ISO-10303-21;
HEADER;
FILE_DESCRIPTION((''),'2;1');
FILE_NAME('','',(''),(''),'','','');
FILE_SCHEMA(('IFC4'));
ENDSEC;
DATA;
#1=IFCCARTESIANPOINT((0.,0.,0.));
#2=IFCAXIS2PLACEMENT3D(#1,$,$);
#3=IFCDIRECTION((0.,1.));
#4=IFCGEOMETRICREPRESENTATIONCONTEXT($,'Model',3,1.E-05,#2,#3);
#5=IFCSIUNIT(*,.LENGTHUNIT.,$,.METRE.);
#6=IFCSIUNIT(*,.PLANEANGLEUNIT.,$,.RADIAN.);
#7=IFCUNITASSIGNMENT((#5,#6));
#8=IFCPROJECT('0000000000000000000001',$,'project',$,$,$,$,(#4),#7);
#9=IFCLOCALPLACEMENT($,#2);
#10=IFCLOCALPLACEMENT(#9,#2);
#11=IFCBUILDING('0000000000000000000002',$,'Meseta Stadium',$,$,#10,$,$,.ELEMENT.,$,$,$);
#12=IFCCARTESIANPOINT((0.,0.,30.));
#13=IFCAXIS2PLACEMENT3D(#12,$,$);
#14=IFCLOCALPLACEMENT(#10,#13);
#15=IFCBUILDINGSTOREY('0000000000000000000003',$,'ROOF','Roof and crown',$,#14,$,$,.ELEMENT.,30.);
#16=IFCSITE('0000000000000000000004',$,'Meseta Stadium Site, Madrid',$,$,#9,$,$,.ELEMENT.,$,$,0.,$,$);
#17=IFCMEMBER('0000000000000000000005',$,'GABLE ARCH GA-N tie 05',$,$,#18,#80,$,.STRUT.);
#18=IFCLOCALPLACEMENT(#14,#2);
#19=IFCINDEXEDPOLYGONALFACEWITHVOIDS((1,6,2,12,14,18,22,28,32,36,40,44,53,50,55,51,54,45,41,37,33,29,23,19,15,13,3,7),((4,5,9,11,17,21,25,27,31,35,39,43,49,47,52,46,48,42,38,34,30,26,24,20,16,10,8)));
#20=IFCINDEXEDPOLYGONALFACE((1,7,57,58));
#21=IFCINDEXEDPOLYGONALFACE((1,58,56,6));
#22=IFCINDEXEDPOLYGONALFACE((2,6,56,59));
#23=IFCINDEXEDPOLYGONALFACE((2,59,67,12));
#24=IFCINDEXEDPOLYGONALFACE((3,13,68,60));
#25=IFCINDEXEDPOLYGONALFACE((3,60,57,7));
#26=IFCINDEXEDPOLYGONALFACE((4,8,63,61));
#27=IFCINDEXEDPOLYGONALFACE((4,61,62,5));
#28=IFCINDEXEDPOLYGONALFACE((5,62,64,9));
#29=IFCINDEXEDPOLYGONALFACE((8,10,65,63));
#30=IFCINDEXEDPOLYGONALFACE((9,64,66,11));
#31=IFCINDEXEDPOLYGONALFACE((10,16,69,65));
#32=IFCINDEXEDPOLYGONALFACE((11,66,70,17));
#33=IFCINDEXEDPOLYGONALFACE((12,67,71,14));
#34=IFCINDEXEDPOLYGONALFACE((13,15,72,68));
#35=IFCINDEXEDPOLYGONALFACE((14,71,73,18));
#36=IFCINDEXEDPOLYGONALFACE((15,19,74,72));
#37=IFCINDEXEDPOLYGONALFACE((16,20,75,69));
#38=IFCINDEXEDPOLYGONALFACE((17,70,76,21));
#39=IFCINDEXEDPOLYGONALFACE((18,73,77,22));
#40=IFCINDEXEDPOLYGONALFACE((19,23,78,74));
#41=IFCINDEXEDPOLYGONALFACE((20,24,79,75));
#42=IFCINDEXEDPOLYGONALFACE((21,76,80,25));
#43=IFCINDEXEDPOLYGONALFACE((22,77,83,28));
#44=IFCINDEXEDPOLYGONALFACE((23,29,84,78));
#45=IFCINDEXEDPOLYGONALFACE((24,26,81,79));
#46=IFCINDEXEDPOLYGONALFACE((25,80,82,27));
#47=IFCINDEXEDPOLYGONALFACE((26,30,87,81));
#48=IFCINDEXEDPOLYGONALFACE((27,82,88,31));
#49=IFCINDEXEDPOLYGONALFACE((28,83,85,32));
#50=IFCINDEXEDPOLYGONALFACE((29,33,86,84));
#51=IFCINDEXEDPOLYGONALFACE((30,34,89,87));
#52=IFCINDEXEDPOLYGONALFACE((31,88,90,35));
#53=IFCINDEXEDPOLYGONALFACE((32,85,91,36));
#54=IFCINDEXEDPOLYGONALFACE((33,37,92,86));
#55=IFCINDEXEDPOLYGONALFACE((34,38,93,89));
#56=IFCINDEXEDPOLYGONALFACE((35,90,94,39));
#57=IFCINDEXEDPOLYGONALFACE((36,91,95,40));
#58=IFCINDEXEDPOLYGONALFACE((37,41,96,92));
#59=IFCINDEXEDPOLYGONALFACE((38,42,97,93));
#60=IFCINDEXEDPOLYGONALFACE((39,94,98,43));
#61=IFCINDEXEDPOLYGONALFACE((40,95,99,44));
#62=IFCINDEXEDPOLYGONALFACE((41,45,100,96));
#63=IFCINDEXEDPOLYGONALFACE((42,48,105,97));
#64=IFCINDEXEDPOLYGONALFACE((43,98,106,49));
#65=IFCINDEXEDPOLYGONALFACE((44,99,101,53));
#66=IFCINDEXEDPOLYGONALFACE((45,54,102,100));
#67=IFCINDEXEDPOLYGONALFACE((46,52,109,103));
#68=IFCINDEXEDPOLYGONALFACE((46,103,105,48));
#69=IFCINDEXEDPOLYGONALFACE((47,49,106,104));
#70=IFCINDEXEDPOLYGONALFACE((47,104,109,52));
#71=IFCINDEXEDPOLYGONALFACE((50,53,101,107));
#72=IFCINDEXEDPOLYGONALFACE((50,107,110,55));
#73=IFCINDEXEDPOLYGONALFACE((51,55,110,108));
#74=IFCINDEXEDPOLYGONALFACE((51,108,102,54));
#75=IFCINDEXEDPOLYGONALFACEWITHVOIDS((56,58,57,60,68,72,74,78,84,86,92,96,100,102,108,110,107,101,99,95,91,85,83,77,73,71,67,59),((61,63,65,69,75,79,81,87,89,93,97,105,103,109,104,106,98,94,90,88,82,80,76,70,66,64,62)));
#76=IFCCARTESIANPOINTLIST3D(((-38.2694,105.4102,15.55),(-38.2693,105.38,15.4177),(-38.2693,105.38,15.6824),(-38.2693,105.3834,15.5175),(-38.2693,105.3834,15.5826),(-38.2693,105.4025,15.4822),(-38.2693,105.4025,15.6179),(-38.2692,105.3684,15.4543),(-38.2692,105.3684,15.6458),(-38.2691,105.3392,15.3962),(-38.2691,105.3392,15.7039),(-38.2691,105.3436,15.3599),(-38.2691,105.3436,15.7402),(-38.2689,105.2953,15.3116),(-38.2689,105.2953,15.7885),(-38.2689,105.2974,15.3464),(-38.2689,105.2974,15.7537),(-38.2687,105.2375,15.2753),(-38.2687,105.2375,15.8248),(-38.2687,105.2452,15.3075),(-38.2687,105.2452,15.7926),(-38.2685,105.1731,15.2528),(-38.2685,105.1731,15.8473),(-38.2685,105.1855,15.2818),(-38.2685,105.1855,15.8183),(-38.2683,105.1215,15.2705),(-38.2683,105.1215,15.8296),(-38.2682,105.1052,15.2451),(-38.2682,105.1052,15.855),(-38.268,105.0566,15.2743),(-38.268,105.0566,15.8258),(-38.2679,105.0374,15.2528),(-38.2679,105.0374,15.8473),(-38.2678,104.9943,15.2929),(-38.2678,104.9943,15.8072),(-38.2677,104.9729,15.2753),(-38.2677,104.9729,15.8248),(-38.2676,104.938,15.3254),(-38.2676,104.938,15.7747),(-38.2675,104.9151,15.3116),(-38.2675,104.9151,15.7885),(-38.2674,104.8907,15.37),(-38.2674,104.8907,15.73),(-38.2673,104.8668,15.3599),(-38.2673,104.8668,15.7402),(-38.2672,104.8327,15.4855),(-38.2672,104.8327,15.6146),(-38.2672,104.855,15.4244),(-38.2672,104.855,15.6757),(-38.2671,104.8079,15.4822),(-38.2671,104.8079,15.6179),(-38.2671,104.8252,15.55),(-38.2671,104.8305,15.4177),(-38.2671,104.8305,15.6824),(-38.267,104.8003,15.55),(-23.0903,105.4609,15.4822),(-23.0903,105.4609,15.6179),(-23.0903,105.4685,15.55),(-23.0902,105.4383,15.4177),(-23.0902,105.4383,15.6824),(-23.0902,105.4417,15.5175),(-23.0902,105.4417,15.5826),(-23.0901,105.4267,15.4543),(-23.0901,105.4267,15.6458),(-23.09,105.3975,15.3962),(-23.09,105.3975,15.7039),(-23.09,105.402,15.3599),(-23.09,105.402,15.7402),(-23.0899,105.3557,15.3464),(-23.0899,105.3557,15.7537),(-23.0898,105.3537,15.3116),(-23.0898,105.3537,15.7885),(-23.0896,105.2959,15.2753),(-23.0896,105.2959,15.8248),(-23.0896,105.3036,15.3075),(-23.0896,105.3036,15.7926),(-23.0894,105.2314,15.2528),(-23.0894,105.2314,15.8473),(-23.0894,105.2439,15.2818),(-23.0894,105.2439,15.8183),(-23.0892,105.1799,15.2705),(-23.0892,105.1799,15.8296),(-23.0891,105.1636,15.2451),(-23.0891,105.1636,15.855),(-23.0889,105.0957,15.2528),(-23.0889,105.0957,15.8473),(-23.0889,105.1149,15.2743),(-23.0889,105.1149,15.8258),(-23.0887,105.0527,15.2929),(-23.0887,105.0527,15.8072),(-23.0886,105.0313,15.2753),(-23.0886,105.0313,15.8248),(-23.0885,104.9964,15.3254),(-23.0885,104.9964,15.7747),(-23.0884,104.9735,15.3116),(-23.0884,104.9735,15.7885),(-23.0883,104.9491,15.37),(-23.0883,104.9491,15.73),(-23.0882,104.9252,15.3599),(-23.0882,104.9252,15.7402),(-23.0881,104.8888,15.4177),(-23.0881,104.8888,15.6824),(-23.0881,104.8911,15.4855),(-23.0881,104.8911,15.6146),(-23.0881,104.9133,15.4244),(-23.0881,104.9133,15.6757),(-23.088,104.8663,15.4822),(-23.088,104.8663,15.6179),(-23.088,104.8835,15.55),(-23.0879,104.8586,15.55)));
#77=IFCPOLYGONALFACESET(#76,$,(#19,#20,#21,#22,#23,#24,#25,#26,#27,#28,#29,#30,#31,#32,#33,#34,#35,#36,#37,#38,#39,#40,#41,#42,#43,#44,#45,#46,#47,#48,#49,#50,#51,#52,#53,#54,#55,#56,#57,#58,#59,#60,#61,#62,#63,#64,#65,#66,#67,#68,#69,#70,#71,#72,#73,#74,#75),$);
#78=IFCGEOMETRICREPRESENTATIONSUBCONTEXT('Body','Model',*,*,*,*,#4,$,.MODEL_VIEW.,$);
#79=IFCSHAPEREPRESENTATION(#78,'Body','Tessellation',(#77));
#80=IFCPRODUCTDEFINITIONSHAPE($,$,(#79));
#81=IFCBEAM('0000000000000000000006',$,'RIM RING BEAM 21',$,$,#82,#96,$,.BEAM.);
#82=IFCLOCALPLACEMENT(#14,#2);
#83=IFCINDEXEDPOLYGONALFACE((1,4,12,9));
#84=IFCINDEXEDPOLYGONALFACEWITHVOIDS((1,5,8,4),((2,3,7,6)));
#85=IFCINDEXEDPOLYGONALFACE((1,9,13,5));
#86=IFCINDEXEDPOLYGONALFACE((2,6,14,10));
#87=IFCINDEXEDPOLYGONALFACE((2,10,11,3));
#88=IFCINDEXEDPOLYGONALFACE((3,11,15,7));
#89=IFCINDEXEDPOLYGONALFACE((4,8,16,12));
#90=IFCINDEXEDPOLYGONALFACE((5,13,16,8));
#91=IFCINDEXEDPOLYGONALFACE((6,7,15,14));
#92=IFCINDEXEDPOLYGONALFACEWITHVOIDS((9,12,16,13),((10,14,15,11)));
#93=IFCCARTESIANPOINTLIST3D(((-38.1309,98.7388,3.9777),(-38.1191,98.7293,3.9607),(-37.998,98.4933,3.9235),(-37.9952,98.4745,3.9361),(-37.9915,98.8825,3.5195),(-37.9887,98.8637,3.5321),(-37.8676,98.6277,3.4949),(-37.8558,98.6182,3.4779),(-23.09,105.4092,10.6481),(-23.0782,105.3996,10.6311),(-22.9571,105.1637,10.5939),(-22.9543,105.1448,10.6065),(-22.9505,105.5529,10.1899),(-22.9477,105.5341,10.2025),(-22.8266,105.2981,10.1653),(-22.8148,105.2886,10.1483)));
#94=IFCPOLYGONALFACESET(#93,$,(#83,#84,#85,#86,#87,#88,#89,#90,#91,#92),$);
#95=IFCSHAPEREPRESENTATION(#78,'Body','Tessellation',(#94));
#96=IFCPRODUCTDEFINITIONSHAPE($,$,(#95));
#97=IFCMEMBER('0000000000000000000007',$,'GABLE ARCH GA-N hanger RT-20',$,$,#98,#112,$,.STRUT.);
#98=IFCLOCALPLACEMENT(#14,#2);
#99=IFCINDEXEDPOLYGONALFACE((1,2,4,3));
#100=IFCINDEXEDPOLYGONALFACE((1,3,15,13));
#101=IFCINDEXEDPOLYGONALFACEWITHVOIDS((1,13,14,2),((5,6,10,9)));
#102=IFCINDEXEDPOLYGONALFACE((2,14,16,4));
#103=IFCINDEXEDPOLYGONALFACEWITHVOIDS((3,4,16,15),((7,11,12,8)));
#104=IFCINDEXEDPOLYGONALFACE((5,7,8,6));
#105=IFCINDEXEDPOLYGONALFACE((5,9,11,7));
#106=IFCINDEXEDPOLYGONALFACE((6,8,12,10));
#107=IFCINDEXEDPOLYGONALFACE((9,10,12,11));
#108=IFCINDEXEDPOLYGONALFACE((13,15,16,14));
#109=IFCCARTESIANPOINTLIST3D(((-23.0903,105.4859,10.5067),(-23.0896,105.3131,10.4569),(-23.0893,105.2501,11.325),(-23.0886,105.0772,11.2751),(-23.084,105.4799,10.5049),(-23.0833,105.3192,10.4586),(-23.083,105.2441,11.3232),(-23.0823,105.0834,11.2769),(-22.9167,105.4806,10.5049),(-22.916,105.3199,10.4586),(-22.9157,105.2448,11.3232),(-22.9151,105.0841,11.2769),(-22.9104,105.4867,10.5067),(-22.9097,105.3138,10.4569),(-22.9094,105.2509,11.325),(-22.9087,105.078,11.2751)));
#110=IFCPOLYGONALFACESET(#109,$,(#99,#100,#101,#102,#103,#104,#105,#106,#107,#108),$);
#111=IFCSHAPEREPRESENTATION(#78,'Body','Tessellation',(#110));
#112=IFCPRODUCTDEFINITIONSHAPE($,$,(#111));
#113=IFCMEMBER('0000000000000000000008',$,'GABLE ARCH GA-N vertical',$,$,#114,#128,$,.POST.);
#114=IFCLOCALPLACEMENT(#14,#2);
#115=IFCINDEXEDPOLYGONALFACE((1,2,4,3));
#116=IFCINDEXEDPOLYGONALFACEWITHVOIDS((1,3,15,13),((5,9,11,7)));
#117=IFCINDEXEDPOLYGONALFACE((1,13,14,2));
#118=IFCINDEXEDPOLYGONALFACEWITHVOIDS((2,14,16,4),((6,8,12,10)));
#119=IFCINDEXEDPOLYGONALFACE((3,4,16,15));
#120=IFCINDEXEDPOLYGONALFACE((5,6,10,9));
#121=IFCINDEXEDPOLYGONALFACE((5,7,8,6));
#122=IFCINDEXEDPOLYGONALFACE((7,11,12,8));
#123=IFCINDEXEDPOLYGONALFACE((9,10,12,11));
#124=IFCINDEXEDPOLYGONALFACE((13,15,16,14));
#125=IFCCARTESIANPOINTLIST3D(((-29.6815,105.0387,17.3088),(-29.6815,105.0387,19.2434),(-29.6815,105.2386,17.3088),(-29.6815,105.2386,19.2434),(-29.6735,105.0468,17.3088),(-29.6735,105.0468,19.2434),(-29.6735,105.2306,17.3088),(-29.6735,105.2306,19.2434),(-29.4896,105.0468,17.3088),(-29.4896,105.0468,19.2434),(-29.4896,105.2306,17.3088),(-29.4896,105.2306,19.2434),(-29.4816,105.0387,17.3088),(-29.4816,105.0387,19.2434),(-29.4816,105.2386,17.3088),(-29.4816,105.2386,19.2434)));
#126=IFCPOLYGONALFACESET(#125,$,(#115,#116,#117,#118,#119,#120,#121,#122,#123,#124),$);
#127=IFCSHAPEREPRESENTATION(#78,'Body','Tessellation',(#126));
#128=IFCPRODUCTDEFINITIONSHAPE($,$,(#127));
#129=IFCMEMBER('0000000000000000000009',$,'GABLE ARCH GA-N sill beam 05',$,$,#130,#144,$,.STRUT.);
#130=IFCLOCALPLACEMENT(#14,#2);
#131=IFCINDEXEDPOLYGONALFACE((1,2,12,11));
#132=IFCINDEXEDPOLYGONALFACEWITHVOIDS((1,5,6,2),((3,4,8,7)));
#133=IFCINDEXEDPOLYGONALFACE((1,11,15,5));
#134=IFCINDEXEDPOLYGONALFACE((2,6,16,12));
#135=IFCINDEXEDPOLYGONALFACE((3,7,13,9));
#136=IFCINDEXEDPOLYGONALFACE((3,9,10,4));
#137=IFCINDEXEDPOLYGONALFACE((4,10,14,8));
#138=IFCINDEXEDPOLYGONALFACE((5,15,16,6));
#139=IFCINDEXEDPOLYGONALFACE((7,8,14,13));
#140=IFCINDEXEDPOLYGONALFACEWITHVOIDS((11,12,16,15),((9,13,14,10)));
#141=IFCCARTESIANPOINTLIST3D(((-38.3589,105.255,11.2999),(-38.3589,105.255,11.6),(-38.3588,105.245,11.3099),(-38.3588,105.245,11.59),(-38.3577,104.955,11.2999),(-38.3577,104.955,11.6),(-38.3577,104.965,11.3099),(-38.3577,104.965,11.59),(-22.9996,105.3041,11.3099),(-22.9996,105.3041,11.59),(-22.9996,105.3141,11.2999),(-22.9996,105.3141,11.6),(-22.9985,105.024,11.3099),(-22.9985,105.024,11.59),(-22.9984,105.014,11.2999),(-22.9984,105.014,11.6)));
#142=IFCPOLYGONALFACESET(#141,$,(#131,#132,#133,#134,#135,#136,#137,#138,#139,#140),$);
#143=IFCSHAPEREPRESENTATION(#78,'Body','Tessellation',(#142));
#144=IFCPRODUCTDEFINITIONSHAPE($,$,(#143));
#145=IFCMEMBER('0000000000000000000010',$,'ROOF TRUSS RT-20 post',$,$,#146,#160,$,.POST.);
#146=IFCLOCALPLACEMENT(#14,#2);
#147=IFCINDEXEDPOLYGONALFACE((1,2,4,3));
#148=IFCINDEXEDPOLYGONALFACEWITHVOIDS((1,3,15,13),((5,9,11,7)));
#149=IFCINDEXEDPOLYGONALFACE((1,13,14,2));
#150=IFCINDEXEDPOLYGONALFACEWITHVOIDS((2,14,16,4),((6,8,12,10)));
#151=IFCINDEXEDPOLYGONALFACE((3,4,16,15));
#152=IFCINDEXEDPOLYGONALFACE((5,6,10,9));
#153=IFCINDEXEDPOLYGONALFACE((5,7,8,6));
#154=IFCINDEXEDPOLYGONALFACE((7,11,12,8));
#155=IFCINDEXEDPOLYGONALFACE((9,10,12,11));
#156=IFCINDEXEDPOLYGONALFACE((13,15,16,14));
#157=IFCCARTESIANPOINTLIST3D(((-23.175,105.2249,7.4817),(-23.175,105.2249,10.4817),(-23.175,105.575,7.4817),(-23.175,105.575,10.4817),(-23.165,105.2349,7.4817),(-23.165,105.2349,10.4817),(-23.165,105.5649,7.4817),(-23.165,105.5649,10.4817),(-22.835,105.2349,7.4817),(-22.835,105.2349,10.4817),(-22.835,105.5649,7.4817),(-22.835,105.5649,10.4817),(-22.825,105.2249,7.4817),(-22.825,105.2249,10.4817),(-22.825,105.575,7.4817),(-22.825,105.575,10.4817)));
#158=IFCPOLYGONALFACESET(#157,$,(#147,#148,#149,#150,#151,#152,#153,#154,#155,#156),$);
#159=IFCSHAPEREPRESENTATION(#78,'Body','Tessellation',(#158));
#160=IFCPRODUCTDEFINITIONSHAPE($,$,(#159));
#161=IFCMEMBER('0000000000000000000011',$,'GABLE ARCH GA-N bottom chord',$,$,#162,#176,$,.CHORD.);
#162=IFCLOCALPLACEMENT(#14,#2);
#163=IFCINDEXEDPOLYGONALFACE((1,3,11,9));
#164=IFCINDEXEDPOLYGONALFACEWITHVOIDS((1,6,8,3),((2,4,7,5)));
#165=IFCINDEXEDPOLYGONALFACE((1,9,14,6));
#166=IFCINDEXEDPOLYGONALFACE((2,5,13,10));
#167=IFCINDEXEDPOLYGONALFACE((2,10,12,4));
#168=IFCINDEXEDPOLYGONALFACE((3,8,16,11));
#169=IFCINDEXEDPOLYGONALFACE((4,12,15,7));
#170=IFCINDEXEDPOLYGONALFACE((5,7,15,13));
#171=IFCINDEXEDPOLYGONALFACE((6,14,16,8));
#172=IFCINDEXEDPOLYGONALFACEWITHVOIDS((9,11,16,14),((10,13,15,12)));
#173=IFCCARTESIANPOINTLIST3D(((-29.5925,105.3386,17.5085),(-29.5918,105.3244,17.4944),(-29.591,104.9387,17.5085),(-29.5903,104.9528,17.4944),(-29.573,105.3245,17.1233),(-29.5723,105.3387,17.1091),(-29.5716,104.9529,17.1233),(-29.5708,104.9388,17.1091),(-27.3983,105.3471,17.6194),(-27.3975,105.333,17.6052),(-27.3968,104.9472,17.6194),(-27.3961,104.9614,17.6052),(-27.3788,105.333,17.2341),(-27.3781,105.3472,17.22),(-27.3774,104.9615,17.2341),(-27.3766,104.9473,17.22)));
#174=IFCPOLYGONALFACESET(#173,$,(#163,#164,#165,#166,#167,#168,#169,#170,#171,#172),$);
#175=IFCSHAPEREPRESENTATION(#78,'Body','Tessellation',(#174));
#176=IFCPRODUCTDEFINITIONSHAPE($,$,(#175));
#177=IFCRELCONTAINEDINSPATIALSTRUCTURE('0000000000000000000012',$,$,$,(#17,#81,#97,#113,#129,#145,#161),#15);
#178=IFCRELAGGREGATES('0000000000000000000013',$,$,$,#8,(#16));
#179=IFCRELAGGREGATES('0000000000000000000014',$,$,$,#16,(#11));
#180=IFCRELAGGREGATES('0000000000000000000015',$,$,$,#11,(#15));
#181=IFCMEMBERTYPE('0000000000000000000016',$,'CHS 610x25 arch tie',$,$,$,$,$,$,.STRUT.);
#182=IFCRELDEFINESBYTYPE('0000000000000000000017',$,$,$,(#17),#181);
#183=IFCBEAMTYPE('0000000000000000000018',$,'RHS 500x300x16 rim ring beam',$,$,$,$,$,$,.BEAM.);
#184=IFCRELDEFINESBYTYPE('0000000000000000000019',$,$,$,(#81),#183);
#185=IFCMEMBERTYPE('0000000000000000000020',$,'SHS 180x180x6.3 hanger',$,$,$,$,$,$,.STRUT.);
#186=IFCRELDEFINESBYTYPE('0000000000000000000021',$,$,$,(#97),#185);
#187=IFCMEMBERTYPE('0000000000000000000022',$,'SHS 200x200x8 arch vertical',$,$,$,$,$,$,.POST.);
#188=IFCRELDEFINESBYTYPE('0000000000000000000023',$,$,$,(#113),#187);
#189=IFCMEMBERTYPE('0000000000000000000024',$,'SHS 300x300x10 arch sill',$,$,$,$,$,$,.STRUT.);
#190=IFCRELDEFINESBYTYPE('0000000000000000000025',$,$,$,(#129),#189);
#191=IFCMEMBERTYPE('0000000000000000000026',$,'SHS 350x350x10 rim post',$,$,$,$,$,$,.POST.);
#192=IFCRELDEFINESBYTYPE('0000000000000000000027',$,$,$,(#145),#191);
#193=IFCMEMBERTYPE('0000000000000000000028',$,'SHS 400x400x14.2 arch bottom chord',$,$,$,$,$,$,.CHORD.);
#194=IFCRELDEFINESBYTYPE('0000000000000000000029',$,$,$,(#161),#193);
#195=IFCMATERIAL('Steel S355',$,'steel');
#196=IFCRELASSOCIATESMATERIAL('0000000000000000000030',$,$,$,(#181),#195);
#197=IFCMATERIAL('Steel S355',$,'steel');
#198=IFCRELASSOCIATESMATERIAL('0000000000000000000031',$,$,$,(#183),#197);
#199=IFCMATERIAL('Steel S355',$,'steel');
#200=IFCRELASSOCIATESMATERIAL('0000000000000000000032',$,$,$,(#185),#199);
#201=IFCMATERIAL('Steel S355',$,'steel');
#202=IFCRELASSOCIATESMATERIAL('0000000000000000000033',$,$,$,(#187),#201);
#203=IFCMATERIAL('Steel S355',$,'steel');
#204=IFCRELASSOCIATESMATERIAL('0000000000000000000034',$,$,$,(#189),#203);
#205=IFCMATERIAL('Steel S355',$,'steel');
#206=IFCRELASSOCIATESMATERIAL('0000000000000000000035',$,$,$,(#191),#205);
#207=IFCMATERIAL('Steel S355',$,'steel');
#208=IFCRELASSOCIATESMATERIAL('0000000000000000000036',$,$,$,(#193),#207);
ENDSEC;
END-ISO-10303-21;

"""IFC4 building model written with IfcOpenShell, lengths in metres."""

from ifc_helpers import new_model, si_unit, direction, frame, origin, origin_2d, place, context, subcontext, project, spatial, hollow_rectangle, hollow_circle, extrude, material, material_profile, profile_set, type_object, element, save


model = new_model("IFC4")

# Units and contexts
model_context = context("Model", 3, precision=1e-05, world=origin(), true_north=direction((0.0, 1.0)))
body_context = subcontext(model_context, "Body", "Model", "MODEL_VIEW")
ifc_project = project(units=[si_unit("LENGTHUNIT", "METRE"), si_unit("PLANEANGLEUNIT", "RADIAN")], contexts=[model_context])

# Site, building, storey
site_placement = place(None, origin())
site = spatial("IfcSite", under=ifc_project, at=site_placement, Name="Meseta Stadium Site, Madrid", CompositionType="ELEMENT", RefElevation=0.0)
building_placement = place(site_placement, origin())
building = spatial("IfcBuilding", under=site, at=building_placement, Name="Meseta Stadium", CompositionType="ELEMENT")
storey_placement = place(building_placement, frame((0.0, 0.0, 30.0)))
storey = spatial("IfcBuildingStorey", under=building, at=storey_placement, Name="ROOF", Description="Roof and crown", CompositionType="ELEMENT", Elevation=30.0)

# Member
ifc_material_1 = material(Name="Steel S355", Category="steel")
ifc_material_profile_1 = material_profile(ifc_material_1, hollow_circle(Radius=0.3049, WallThickness=0.0249, at=origin_2d()), Name="CHS 610x25")
ifc_profile_set_1 = profile_set([ifc_material_profile_1], Name="Steel S355")
member_type_1 = type_object("IfcMemberType", Name="CHS 610x25 arch tie", PredefinedType="STRUT", material=ifc_profile_set_1)
member_1_placement = place(storey_placement, frame((-23.0891, 105.1636, 15.55), z_axis=(-0.999993, -0.003844, 0.0), x_axis=(0.003844, -0.999993, 0.0)))
element("IfcMember", 1, at=member_1_placement, inside=storey, type_object=member_type_1, Name="GABLE ARCH GA-N tie 05", PredefinedType="STRUT", context=body_context, shape_type="SweptSolid", body=[
    extrude(hollow_circle(Radius=0.3049, WallThickness=0.0249, at=origin_2d()), origin(), (0.0, 0.0, 1.0), 15.1792),
])

# Beam
ifc_material_2 = material(Name="Steel S355", Category="steel")
ifc_material_profile_2 = material_profile(ifc_material_2, hollow_rectangle(XDim=0.3, YDim=0.5, WallThickness=0.0161, at=origin_2d()), Name="RHS 500x300x16")
ifc_profile_set_2 = profile_set([ifc_material_profile_2], Name="Steel S355")
beam_type = type_object("IfcBeamType", Name="RHS 500x300x16 rim ring beam", PredefinedType="BEAM", material=ifc_profile_set_2)
beam_placement = place(storey_placement, frame((-22.9524, 105.3489, 10.3982), z_axis=(-0.847168, -0.375703, -0.375703), x_axis=(0.452238, -0.881047, -0.138699)))
element("IfcBeam", 2, at=beam_placement, inside=storey, type_object=beam_type, Name="RIM RING BEAM 21", PredefinedType="BEAM", context=body_context, shape_type="SweptSolid", body=[
    extrude(hollow_rectangle(XDim=0.3, YDim=0.5, WallThickness=0.0161, at=origin_2d()), origin(), (0.0, 0.0, 1.0), 17.7544),
])

# Members
ifc_material_3 = material(Name="Steel S355", Category="steel")
ifc_material_profile_3 = material_profile(ifc_material_3, hollow_rectangle(XDim=0.1799, YDim=0.1799, WallThickness=0.0063, at=origin_2d()), Name="SHS 180x180x6.3")
ifc_profile_set_3 = profile_set([ifc_material_profile_3], Name="Steel S355")
member_type_2 = type_object("IfcMemberType", Name="SHS 180x180x6.3 hanger", PredefinedType="STRUT", material=ifc_profile_set_3)
member_2_placement = place(storey_placement, frame((-22.999, 105.1641, 11.3), z_axis=(-0.001147, 0.276916, -0.960893), x_axis=(-0.999991, -0.004141, 0.0)))
element("IfcMember", 3, at=member_2_placement, inside=storey, type_object=member_type_2, Name="GABLE ARCH GA-N hanger RT-20", PredefinedType="STRUT", context=body_context, shape_type="SweptSolid", body=[
    extrude(hollow_rectangle(XDim=0.1799, YDim=0.1799, WallThickness=0.0063, at=origin_2d()), origin(), (0.0, 0.0, 1.0), 0.8516),
])
ifc_material_4 = material(Name="Steel S355", Category="steel")
ifc_material_profile_4 = material_profile(ifc_material_4, hollow_rectangle(XDim=0.2, YDim=0.2, WallThickness=0.0081, at=origin_2d()), Name="SHS 200x200x8")
ifc_profile_set_4 = profile_set([ifc_material_profile_4], Name="Steel S355")
member_type_3 = type_object("IfcMemberType", Name="SHS 200x200x8 arch vertical", PredefinedType="POST", material=ifc_profile_set_4)
member_3_placement = place(storey_placement, frame((-29.5815, 105.1387, 17.3088), z_axis=(0.0, 0.0, 1.0), x_axis=(1.0, 0.0, 0.0)))
element("IfcMember", 4, at=member_3_placement, inside=storey, type_object=member_type_3, Name="GABLE ARCH GA-N vertical", PredefinedType="POST", context=body_context, shape_type="SweptSolid", body=[
    extrude(hollow_rectangle(XDim=0.2, YDim=0.2, WallThickness=0.0081, at=origin_2d()), origin(), (0.0, 0.0, 1.0), 1.9346),
])
ifc_material_5 = material(Name="Steel S355", Category="steel")
ifc_material_profile_5 = material_profile(ifc_material_5, hollow_rectangle(XDim=0.3, YDim=0.3, WallThickness=0.01, at=origin_2d()), Name="SHS 300x300x10")
ifc_profile_set_5 = profile_set([ifc_material_profile_5], Name="Steel S355")
member_type_4 = type_object("IfcMemberType", Name="SHS 300x300x10 arch sill", PredefinedType="STRUT", material=ifc_profile_set_5)
member_4_placement = place(storey_placement, frame((-22.999, 105.1641, 11.45), z_axis=(-0.999993, -0.003847, 0.0), x_axis=(0.003847, -0.999993, 0.0)))
element("IfcMember", 5, at=member_4_placement, inside=storey, type_object=member_type_4, Name="GABLE ARCH GA-N sill beam 05", PredefinedType="STRUT", context=body_context, shape_type="SweptSolid", body=[
    extrude(hollow_rectangle(XDim=0.3, YDim=0.3, WallThickness=0.01, at=origin_2d()), origin(), (0.0, 0.0, 1.0), 15.3594),
])
ifc_material_6 = material(Name="Steel S355", Category="steel")
ifc_material_profile_6 = material_profile(ifc_material_6, hollow_rectangle(XDim=0.3501, YDim=0.3501, WallThickness=0.01, at=origin_2d()), Name="SHS 350x350x10")
ifc_profile_set_6 = profile_set([ifc_material_profile_6], Name="Steel S355")
member_type_5 = type_object("IfcMemberType", Name="SHS 350x350x10 rim post", PredefinedType="POST", material=ifc_profile_set_6)
member_5_placement = place(storey_placement, frame((-23.0, 105.3999, 7.4817), z_axis=(0.0, 0.0, 1.0), x_axis=(1.0, 0.0, 0.0)))
element("IfcMember", 6, at=member_5_placement, inside=storey, type_object=member_type_5, Name="ROOF TRUSS RT-20 post", PredefinedType="POST", context=body_context, shape_type="SweptSolid", body=[
    extrude(hollow_rectangle(XDim=0.3501, YDim=0.3501, WallThickness=0.01, at=origin_2d()), origin(), (0.0, 0.0, 1.0), 3.0),
])
ifc_material_7 = material(Name="Steel S355", Category="steel")
ifc_material_profile_7 = material_profile(ifc_material_7, hollow_rectangle(XDim=0.3999, YDim=0.3999, WallThickness=0.0142, at=origin_2d()), Name="SHS 400x400x14.2")
ifc_profile_set_7 = profile_set([ifc_material_profile_7], Name="Steel S355")
member_type_6 = type_object("IfcMemberType", Name="SHS 400x400x14.2 arch bottom chord", PredefinedType="CHORD", material=ifc_profile_set_7)
member_6_placement = place(storey_placement, frame((-27.3875, 105.1472, 17.4197), z_axis=(-0.998719, -0.00389, -0.050453), x_axis=(0.003894, -0.999992, 0.0)))
element("IfcMember", 7, at=member_6_placement, inside=storey, type_object=member_type_6, Name="GABLE ARCH GA-N bottom chord", PredefinedType="CHORD", context=body_context, shape_type="SweptSolid", body=[
    extrude(hollow_rectangle(XDim=0.3999, YDim=0.3999, WallThickness=0.0142, at=origin_2d()), origin(), (0.0, 0.0, 1.0), 2.197),
])

save(model, "model.ifc")
